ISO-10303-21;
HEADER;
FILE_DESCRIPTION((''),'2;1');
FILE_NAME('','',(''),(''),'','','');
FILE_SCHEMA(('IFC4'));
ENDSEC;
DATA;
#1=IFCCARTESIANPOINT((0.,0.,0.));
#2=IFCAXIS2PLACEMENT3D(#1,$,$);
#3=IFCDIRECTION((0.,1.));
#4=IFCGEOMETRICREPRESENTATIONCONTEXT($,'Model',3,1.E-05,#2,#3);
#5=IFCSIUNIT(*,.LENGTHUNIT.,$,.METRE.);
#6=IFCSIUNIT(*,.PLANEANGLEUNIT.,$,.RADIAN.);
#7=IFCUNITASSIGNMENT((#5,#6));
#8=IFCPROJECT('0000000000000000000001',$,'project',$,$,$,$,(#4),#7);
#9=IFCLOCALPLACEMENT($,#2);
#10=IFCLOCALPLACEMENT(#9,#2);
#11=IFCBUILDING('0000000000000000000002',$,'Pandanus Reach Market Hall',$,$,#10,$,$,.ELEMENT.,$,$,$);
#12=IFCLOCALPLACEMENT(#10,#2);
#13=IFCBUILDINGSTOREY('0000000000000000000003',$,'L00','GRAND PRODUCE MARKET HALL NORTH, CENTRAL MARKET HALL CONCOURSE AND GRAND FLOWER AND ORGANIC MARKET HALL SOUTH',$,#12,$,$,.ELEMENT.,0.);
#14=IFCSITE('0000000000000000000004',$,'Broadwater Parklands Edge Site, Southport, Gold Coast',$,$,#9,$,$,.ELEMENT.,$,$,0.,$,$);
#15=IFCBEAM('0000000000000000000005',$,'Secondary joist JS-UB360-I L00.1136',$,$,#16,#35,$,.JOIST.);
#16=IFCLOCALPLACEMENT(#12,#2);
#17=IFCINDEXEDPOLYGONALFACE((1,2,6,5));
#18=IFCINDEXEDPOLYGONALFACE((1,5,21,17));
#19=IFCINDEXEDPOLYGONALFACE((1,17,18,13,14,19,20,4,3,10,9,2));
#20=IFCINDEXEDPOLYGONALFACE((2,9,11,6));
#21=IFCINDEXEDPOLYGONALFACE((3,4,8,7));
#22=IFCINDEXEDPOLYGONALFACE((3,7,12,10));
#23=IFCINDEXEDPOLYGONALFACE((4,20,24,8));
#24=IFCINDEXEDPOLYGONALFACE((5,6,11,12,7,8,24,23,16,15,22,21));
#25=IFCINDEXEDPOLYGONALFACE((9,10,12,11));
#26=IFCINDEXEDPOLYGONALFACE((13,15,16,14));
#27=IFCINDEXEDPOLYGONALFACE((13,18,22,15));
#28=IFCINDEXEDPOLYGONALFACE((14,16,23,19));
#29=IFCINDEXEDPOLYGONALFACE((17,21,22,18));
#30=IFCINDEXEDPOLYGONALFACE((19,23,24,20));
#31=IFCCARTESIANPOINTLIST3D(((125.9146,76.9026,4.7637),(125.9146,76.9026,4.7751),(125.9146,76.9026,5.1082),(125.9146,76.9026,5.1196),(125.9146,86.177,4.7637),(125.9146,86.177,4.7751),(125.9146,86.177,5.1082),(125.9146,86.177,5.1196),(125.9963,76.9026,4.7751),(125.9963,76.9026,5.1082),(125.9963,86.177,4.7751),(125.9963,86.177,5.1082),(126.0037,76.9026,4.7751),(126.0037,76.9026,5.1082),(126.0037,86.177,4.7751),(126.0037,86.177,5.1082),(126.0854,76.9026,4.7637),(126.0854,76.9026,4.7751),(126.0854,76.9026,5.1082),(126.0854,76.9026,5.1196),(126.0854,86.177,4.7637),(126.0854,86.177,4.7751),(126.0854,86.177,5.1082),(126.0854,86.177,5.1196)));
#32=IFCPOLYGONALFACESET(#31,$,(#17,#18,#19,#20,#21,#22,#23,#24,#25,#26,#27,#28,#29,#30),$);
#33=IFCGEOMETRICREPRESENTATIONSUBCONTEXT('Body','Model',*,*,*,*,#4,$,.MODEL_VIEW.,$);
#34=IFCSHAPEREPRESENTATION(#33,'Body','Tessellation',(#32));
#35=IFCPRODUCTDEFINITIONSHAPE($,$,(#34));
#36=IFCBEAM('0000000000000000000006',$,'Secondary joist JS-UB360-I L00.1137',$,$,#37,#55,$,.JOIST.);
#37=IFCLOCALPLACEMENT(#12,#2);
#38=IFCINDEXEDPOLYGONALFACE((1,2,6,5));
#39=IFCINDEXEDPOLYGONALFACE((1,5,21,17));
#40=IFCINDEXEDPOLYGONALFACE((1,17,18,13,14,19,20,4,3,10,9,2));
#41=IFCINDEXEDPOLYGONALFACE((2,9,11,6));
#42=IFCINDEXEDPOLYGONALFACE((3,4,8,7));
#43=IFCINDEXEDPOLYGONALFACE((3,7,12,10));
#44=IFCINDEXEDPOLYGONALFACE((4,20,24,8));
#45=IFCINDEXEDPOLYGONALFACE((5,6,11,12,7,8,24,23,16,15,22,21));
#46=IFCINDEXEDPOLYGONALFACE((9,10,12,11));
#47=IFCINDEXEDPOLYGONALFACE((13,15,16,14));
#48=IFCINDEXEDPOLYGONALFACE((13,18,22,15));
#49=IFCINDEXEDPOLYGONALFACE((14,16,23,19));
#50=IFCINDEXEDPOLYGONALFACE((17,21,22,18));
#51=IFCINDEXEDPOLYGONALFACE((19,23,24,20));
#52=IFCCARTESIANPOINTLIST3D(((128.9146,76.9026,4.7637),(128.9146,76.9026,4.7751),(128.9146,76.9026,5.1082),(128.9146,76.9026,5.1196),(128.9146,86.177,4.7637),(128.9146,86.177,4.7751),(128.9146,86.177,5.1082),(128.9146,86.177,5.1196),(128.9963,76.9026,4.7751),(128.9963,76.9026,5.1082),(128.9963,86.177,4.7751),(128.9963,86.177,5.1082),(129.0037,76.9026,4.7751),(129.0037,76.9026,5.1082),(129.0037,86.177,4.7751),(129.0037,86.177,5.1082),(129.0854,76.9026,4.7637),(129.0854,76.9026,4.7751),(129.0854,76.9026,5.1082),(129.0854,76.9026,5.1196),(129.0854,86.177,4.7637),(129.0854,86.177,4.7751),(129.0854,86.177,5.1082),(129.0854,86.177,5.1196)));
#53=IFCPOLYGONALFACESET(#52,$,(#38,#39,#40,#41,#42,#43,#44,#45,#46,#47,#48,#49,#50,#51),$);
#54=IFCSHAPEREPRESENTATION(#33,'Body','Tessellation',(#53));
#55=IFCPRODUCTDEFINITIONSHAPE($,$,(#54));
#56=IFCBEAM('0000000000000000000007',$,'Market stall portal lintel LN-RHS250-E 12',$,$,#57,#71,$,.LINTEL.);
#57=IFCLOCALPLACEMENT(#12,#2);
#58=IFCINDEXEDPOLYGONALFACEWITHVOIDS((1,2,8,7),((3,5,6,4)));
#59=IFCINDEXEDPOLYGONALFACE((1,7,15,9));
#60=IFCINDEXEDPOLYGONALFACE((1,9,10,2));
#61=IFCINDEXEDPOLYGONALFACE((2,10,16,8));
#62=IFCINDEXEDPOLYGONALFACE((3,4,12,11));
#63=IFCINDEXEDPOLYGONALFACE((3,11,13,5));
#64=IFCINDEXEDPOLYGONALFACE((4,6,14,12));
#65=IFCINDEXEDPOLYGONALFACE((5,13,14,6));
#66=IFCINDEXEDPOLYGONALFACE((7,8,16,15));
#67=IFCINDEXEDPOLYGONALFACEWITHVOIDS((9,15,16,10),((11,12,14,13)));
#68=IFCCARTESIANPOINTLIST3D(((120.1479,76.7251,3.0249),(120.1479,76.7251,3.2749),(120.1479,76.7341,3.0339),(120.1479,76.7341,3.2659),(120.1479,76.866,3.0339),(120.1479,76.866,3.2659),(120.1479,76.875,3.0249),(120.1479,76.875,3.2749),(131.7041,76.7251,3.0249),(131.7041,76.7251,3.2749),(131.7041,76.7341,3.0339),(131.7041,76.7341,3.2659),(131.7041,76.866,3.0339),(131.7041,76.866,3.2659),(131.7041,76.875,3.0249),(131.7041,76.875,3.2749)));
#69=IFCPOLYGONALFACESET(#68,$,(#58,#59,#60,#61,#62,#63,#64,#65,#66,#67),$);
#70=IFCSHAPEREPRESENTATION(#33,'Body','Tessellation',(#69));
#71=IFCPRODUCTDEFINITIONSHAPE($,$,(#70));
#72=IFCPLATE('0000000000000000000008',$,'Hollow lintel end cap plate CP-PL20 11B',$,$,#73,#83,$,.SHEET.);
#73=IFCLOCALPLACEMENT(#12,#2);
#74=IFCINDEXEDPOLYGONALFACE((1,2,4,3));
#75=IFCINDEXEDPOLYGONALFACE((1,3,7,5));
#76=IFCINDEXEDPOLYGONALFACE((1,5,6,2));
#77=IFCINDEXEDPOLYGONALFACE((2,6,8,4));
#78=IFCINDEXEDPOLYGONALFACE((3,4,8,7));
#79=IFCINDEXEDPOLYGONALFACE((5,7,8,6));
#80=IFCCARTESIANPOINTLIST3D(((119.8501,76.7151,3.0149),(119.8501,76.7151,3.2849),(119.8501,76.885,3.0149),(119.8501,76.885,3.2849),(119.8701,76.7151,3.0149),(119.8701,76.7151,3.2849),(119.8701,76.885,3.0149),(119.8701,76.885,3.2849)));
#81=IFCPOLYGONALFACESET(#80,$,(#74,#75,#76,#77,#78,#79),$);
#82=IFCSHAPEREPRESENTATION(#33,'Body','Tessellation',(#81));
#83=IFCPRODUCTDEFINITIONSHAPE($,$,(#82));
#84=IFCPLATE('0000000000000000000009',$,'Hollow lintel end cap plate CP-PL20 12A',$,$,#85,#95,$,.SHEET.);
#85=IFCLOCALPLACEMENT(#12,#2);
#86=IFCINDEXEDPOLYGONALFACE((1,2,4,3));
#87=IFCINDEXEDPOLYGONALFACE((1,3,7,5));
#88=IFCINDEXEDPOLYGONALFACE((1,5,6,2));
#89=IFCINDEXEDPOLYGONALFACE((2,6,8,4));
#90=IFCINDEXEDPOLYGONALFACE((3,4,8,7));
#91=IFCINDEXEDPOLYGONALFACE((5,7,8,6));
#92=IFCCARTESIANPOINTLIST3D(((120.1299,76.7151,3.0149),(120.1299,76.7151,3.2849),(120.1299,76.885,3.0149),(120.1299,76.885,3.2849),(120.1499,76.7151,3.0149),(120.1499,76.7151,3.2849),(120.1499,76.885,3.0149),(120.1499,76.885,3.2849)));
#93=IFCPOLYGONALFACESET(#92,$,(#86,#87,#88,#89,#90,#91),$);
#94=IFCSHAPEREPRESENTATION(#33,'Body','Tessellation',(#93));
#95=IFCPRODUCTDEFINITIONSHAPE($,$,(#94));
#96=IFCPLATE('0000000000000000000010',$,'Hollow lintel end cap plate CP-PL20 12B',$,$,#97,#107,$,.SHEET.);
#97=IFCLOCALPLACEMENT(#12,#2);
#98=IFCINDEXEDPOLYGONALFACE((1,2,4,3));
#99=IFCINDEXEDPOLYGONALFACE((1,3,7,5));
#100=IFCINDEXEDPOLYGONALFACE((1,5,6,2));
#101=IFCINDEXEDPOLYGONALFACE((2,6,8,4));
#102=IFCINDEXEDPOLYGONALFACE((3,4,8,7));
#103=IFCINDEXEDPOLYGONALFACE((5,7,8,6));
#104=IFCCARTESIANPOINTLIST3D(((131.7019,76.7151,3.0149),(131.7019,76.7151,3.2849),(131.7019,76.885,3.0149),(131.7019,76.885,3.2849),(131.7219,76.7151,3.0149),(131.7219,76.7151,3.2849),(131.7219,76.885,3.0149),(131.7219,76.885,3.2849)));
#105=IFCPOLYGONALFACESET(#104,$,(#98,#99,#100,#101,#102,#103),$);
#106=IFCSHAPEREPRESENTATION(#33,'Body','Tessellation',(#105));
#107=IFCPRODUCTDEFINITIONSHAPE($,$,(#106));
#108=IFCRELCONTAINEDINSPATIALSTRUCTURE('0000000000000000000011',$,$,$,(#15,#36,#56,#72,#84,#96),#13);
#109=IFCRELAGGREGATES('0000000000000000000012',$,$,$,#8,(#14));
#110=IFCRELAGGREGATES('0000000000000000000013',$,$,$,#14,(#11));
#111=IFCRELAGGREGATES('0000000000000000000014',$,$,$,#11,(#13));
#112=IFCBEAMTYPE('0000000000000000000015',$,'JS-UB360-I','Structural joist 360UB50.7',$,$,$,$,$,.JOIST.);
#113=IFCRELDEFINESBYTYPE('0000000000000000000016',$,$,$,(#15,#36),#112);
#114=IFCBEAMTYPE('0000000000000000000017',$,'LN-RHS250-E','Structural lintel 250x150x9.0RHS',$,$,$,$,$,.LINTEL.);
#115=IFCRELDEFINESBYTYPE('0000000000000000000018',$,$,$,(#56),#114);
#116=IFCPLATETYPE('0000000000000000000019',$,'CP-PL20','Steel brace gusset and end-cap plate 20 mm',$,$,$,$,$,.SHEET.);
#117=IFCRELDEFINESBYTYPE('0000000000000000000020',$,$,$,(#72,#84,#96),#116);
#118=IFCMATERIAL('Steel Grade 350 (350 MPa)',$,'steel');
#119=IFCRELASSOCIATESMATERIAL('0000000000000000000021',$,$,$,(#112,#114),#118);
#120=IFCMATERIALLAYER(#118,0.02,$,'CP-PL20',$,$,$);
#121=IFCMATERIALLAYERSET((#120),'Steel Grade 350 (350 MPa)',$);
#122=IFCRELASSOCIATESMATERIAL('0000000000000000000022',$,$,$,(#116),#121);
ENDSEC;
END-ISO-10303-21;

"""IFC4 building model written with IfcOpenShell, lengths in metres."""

from ifc_helpers import new_model, si_unit, direction, frame, origin, origin_2d, place, context, subcontext, project, spatial, rectangle, hollow_rectangle, i_section, extrude, material, layer, layer_set, material_profile, profile_set, type_object, element, save


model = new_model("IFC4")

# Units and contexts
model_context = context("Model", 3, precision=1e-05, world=origin(), true_north=direction((0.0, 1.0)))
body_context = subcontext(model_context, "Body", "Model", "MODEL_VIEW")
ifc_project = project(units=[si_unit("LENGTHUNIT", "METRE"), si_unit("PLANEANGLEUNIT", "RADIAN")], contexts=[model_context])

# Site, building, storey
site_placement = place(None, origin())
site = spatial("IfcSite", under=ifc_project, at=site_placement, Name="Broadwater Parklands Edge Site, Southport, Gold Coast", CompositionType="ELEMENT", RefElevation=0.0)
building_placement = place(site_placement, origin())
building = spatial("IfcBuilding", under=site, at=building_placement, Name="Pandanus Reach Market Hall", CompositionType="ELEMENT")
storey_placement = place(building_placement, origin())
storey = spatial("IfcBuildingStorey", under=building, at=storey_placement, Name="L00", Description="GRAND PRODUCE MARKET HALL NORTH, CENTRAL MARKET HALL CONCOURSE AND GRAND FLOWER AND ORGANIC MARKET HALL SOUTH", CompositionType="ELEMENT", Elevation=0.0)

# Shared definitions
ifc_material_1 = material(Name="Steel Grade 350 (350 MPa)", Category="steel")

# Beams
ifc_material_profile_1 = material_profile(ifc_material_1, i_section(OverallWidth=0.1709, OverallDepth=0.356, WebThickness=0.0073, FlangeThickness=0.0115, at=origin_2d()), Name="360UB50.7", Category="LoadBearing")
ifc_profile_set_1 = profile_set([ifc_material_profile_1], Name="Steel Grade 350 (350 MPa)")
beam_type_1 = type_object("IfcBeamType", Name="JS-UB360-I", Description="Structural joist 360UB50.7", PredefinedType="JOIST", material=ifc_profile_set_1)
for number, where, z_axis, x_axis, name in (
    (1, (126.0, 76.9026, 4.9417), (0.0, 1.0, 0.0), (-1.0, 0.0, 0.0), "Secondary joist JS-UB360-I L00.1136"),
    (2, (129.0, 76.9026, 4.9417), (0.0, 1.0, 0.0), (-1.0, 0.0, 0.0), "Secondary joist JS-UB360-I L00.1137"),
):
    element("IfcBeam", number, at=place(storey_placement, frame(where, z_axis=z_axis, x_axis=x_axis)), inside=storey, type_object=beam_type_1, Name=name, PredefinedType="JOIST", context=body_context, shape_type="SweptSolid", body=[
        extrude(i_section(OverallWidth=0.1709, OverallDepth=0.356, WebThickness=0.0073, FlangeThickness=0.0115, at=origin_2d()), origin(), (0.0, 0.0, 1.0), 9.2744),
    ])
ifc_material_profile_2 = material_profile(ifc_material_1, hollow_rectangle(XDim=0.1499, YDim=0.25, WallThickness=0.009, at=origin_2d()), Name="250x150x9.0RHS", Category="LoadBearing")
ifc_profile_set_2 = profile_set([ifc_material_profile_2], Name="Steel Grade 350 (350 MPa)")
beam_type_2 = type_object("IfcBeamType", Name="LN-RHS250-E", Description="Structural lintel 250x150x9.0RHS", PredefinedType="LINTEL", material=ifc_profile_set_2)
beam_1_placement = place(storey_placement, frame((120.1479, 76.8, 3.1499), z_axis=(1.0, 0.0, 0.0), x_axis=(0.0, 1.0, 0.0)))
element("IfcBeam", 3, at=beam_1_placement, inside=storey, type_object=beam_type_2, Name="Market stall portal lintel LN-RHS250-E 12", PredefinedType="LINTEL", context=body_context, shape_type="SweptSolid", body=[
    extrude(hollow_rectangle(XDim=0.1499, YDim=0.25, WallThickness=0.009, at=origin_2d()), origin(), (0.0, 0.0, 1.0), 11.5562),
])

# Plates
ifc_layer_1 = layer(ifc_material_1, 0.02, Name="CP-PL20")
ifc_layer_set_1 = layer_set([ifc_layer_1], Name="Steel Grade 350 (350 MPa)")
plate_type = type_object("IfcPlateType", Name="CP-PL20", Description="Steel brace gusset and end-cap plate 20 mm", PredefinedType="SHEET", material=ifc_layer_set_1)
for number, where, z_axis, x_axis, name in (
    (4, (119.8601, 76.8, 3.0149), (0.0, 0.0, 1.0), (1.0, 0.0, 0.0), "Hollow lintel end cap plate CP-PL20 11B"),
    (5, (120.1399, 76.8, 3.0149), (0.0, 0.0, 1.0), (1.0, 0.0, 0.0), "Hollow lintel end cap plate CP-PL20 12A"),
    (6, (131.7119, 76.8, 3.0149), (0.0, 0.0, 1.0), (1.0, 0.0, 0.0), "Hollow lintel end cap plate CP-PL20 12B"),
):
    element("IfcPlate", number, at=place(storey_placement, frame(where, z_axis=z_axis, x_axis=x_axis)), inside=storey, type_object=plate_type, Name=name, PredefinedType="SHEET", context=body_context, shape_type="SweptSolid", body=[
        extrude(rectangle(XDim=0.02, YDim=0.1699, at=origin_2d()), origin(), (0.0, 0.0, 1.0), 0.27),
    ])

save(model, "model.ifc")
